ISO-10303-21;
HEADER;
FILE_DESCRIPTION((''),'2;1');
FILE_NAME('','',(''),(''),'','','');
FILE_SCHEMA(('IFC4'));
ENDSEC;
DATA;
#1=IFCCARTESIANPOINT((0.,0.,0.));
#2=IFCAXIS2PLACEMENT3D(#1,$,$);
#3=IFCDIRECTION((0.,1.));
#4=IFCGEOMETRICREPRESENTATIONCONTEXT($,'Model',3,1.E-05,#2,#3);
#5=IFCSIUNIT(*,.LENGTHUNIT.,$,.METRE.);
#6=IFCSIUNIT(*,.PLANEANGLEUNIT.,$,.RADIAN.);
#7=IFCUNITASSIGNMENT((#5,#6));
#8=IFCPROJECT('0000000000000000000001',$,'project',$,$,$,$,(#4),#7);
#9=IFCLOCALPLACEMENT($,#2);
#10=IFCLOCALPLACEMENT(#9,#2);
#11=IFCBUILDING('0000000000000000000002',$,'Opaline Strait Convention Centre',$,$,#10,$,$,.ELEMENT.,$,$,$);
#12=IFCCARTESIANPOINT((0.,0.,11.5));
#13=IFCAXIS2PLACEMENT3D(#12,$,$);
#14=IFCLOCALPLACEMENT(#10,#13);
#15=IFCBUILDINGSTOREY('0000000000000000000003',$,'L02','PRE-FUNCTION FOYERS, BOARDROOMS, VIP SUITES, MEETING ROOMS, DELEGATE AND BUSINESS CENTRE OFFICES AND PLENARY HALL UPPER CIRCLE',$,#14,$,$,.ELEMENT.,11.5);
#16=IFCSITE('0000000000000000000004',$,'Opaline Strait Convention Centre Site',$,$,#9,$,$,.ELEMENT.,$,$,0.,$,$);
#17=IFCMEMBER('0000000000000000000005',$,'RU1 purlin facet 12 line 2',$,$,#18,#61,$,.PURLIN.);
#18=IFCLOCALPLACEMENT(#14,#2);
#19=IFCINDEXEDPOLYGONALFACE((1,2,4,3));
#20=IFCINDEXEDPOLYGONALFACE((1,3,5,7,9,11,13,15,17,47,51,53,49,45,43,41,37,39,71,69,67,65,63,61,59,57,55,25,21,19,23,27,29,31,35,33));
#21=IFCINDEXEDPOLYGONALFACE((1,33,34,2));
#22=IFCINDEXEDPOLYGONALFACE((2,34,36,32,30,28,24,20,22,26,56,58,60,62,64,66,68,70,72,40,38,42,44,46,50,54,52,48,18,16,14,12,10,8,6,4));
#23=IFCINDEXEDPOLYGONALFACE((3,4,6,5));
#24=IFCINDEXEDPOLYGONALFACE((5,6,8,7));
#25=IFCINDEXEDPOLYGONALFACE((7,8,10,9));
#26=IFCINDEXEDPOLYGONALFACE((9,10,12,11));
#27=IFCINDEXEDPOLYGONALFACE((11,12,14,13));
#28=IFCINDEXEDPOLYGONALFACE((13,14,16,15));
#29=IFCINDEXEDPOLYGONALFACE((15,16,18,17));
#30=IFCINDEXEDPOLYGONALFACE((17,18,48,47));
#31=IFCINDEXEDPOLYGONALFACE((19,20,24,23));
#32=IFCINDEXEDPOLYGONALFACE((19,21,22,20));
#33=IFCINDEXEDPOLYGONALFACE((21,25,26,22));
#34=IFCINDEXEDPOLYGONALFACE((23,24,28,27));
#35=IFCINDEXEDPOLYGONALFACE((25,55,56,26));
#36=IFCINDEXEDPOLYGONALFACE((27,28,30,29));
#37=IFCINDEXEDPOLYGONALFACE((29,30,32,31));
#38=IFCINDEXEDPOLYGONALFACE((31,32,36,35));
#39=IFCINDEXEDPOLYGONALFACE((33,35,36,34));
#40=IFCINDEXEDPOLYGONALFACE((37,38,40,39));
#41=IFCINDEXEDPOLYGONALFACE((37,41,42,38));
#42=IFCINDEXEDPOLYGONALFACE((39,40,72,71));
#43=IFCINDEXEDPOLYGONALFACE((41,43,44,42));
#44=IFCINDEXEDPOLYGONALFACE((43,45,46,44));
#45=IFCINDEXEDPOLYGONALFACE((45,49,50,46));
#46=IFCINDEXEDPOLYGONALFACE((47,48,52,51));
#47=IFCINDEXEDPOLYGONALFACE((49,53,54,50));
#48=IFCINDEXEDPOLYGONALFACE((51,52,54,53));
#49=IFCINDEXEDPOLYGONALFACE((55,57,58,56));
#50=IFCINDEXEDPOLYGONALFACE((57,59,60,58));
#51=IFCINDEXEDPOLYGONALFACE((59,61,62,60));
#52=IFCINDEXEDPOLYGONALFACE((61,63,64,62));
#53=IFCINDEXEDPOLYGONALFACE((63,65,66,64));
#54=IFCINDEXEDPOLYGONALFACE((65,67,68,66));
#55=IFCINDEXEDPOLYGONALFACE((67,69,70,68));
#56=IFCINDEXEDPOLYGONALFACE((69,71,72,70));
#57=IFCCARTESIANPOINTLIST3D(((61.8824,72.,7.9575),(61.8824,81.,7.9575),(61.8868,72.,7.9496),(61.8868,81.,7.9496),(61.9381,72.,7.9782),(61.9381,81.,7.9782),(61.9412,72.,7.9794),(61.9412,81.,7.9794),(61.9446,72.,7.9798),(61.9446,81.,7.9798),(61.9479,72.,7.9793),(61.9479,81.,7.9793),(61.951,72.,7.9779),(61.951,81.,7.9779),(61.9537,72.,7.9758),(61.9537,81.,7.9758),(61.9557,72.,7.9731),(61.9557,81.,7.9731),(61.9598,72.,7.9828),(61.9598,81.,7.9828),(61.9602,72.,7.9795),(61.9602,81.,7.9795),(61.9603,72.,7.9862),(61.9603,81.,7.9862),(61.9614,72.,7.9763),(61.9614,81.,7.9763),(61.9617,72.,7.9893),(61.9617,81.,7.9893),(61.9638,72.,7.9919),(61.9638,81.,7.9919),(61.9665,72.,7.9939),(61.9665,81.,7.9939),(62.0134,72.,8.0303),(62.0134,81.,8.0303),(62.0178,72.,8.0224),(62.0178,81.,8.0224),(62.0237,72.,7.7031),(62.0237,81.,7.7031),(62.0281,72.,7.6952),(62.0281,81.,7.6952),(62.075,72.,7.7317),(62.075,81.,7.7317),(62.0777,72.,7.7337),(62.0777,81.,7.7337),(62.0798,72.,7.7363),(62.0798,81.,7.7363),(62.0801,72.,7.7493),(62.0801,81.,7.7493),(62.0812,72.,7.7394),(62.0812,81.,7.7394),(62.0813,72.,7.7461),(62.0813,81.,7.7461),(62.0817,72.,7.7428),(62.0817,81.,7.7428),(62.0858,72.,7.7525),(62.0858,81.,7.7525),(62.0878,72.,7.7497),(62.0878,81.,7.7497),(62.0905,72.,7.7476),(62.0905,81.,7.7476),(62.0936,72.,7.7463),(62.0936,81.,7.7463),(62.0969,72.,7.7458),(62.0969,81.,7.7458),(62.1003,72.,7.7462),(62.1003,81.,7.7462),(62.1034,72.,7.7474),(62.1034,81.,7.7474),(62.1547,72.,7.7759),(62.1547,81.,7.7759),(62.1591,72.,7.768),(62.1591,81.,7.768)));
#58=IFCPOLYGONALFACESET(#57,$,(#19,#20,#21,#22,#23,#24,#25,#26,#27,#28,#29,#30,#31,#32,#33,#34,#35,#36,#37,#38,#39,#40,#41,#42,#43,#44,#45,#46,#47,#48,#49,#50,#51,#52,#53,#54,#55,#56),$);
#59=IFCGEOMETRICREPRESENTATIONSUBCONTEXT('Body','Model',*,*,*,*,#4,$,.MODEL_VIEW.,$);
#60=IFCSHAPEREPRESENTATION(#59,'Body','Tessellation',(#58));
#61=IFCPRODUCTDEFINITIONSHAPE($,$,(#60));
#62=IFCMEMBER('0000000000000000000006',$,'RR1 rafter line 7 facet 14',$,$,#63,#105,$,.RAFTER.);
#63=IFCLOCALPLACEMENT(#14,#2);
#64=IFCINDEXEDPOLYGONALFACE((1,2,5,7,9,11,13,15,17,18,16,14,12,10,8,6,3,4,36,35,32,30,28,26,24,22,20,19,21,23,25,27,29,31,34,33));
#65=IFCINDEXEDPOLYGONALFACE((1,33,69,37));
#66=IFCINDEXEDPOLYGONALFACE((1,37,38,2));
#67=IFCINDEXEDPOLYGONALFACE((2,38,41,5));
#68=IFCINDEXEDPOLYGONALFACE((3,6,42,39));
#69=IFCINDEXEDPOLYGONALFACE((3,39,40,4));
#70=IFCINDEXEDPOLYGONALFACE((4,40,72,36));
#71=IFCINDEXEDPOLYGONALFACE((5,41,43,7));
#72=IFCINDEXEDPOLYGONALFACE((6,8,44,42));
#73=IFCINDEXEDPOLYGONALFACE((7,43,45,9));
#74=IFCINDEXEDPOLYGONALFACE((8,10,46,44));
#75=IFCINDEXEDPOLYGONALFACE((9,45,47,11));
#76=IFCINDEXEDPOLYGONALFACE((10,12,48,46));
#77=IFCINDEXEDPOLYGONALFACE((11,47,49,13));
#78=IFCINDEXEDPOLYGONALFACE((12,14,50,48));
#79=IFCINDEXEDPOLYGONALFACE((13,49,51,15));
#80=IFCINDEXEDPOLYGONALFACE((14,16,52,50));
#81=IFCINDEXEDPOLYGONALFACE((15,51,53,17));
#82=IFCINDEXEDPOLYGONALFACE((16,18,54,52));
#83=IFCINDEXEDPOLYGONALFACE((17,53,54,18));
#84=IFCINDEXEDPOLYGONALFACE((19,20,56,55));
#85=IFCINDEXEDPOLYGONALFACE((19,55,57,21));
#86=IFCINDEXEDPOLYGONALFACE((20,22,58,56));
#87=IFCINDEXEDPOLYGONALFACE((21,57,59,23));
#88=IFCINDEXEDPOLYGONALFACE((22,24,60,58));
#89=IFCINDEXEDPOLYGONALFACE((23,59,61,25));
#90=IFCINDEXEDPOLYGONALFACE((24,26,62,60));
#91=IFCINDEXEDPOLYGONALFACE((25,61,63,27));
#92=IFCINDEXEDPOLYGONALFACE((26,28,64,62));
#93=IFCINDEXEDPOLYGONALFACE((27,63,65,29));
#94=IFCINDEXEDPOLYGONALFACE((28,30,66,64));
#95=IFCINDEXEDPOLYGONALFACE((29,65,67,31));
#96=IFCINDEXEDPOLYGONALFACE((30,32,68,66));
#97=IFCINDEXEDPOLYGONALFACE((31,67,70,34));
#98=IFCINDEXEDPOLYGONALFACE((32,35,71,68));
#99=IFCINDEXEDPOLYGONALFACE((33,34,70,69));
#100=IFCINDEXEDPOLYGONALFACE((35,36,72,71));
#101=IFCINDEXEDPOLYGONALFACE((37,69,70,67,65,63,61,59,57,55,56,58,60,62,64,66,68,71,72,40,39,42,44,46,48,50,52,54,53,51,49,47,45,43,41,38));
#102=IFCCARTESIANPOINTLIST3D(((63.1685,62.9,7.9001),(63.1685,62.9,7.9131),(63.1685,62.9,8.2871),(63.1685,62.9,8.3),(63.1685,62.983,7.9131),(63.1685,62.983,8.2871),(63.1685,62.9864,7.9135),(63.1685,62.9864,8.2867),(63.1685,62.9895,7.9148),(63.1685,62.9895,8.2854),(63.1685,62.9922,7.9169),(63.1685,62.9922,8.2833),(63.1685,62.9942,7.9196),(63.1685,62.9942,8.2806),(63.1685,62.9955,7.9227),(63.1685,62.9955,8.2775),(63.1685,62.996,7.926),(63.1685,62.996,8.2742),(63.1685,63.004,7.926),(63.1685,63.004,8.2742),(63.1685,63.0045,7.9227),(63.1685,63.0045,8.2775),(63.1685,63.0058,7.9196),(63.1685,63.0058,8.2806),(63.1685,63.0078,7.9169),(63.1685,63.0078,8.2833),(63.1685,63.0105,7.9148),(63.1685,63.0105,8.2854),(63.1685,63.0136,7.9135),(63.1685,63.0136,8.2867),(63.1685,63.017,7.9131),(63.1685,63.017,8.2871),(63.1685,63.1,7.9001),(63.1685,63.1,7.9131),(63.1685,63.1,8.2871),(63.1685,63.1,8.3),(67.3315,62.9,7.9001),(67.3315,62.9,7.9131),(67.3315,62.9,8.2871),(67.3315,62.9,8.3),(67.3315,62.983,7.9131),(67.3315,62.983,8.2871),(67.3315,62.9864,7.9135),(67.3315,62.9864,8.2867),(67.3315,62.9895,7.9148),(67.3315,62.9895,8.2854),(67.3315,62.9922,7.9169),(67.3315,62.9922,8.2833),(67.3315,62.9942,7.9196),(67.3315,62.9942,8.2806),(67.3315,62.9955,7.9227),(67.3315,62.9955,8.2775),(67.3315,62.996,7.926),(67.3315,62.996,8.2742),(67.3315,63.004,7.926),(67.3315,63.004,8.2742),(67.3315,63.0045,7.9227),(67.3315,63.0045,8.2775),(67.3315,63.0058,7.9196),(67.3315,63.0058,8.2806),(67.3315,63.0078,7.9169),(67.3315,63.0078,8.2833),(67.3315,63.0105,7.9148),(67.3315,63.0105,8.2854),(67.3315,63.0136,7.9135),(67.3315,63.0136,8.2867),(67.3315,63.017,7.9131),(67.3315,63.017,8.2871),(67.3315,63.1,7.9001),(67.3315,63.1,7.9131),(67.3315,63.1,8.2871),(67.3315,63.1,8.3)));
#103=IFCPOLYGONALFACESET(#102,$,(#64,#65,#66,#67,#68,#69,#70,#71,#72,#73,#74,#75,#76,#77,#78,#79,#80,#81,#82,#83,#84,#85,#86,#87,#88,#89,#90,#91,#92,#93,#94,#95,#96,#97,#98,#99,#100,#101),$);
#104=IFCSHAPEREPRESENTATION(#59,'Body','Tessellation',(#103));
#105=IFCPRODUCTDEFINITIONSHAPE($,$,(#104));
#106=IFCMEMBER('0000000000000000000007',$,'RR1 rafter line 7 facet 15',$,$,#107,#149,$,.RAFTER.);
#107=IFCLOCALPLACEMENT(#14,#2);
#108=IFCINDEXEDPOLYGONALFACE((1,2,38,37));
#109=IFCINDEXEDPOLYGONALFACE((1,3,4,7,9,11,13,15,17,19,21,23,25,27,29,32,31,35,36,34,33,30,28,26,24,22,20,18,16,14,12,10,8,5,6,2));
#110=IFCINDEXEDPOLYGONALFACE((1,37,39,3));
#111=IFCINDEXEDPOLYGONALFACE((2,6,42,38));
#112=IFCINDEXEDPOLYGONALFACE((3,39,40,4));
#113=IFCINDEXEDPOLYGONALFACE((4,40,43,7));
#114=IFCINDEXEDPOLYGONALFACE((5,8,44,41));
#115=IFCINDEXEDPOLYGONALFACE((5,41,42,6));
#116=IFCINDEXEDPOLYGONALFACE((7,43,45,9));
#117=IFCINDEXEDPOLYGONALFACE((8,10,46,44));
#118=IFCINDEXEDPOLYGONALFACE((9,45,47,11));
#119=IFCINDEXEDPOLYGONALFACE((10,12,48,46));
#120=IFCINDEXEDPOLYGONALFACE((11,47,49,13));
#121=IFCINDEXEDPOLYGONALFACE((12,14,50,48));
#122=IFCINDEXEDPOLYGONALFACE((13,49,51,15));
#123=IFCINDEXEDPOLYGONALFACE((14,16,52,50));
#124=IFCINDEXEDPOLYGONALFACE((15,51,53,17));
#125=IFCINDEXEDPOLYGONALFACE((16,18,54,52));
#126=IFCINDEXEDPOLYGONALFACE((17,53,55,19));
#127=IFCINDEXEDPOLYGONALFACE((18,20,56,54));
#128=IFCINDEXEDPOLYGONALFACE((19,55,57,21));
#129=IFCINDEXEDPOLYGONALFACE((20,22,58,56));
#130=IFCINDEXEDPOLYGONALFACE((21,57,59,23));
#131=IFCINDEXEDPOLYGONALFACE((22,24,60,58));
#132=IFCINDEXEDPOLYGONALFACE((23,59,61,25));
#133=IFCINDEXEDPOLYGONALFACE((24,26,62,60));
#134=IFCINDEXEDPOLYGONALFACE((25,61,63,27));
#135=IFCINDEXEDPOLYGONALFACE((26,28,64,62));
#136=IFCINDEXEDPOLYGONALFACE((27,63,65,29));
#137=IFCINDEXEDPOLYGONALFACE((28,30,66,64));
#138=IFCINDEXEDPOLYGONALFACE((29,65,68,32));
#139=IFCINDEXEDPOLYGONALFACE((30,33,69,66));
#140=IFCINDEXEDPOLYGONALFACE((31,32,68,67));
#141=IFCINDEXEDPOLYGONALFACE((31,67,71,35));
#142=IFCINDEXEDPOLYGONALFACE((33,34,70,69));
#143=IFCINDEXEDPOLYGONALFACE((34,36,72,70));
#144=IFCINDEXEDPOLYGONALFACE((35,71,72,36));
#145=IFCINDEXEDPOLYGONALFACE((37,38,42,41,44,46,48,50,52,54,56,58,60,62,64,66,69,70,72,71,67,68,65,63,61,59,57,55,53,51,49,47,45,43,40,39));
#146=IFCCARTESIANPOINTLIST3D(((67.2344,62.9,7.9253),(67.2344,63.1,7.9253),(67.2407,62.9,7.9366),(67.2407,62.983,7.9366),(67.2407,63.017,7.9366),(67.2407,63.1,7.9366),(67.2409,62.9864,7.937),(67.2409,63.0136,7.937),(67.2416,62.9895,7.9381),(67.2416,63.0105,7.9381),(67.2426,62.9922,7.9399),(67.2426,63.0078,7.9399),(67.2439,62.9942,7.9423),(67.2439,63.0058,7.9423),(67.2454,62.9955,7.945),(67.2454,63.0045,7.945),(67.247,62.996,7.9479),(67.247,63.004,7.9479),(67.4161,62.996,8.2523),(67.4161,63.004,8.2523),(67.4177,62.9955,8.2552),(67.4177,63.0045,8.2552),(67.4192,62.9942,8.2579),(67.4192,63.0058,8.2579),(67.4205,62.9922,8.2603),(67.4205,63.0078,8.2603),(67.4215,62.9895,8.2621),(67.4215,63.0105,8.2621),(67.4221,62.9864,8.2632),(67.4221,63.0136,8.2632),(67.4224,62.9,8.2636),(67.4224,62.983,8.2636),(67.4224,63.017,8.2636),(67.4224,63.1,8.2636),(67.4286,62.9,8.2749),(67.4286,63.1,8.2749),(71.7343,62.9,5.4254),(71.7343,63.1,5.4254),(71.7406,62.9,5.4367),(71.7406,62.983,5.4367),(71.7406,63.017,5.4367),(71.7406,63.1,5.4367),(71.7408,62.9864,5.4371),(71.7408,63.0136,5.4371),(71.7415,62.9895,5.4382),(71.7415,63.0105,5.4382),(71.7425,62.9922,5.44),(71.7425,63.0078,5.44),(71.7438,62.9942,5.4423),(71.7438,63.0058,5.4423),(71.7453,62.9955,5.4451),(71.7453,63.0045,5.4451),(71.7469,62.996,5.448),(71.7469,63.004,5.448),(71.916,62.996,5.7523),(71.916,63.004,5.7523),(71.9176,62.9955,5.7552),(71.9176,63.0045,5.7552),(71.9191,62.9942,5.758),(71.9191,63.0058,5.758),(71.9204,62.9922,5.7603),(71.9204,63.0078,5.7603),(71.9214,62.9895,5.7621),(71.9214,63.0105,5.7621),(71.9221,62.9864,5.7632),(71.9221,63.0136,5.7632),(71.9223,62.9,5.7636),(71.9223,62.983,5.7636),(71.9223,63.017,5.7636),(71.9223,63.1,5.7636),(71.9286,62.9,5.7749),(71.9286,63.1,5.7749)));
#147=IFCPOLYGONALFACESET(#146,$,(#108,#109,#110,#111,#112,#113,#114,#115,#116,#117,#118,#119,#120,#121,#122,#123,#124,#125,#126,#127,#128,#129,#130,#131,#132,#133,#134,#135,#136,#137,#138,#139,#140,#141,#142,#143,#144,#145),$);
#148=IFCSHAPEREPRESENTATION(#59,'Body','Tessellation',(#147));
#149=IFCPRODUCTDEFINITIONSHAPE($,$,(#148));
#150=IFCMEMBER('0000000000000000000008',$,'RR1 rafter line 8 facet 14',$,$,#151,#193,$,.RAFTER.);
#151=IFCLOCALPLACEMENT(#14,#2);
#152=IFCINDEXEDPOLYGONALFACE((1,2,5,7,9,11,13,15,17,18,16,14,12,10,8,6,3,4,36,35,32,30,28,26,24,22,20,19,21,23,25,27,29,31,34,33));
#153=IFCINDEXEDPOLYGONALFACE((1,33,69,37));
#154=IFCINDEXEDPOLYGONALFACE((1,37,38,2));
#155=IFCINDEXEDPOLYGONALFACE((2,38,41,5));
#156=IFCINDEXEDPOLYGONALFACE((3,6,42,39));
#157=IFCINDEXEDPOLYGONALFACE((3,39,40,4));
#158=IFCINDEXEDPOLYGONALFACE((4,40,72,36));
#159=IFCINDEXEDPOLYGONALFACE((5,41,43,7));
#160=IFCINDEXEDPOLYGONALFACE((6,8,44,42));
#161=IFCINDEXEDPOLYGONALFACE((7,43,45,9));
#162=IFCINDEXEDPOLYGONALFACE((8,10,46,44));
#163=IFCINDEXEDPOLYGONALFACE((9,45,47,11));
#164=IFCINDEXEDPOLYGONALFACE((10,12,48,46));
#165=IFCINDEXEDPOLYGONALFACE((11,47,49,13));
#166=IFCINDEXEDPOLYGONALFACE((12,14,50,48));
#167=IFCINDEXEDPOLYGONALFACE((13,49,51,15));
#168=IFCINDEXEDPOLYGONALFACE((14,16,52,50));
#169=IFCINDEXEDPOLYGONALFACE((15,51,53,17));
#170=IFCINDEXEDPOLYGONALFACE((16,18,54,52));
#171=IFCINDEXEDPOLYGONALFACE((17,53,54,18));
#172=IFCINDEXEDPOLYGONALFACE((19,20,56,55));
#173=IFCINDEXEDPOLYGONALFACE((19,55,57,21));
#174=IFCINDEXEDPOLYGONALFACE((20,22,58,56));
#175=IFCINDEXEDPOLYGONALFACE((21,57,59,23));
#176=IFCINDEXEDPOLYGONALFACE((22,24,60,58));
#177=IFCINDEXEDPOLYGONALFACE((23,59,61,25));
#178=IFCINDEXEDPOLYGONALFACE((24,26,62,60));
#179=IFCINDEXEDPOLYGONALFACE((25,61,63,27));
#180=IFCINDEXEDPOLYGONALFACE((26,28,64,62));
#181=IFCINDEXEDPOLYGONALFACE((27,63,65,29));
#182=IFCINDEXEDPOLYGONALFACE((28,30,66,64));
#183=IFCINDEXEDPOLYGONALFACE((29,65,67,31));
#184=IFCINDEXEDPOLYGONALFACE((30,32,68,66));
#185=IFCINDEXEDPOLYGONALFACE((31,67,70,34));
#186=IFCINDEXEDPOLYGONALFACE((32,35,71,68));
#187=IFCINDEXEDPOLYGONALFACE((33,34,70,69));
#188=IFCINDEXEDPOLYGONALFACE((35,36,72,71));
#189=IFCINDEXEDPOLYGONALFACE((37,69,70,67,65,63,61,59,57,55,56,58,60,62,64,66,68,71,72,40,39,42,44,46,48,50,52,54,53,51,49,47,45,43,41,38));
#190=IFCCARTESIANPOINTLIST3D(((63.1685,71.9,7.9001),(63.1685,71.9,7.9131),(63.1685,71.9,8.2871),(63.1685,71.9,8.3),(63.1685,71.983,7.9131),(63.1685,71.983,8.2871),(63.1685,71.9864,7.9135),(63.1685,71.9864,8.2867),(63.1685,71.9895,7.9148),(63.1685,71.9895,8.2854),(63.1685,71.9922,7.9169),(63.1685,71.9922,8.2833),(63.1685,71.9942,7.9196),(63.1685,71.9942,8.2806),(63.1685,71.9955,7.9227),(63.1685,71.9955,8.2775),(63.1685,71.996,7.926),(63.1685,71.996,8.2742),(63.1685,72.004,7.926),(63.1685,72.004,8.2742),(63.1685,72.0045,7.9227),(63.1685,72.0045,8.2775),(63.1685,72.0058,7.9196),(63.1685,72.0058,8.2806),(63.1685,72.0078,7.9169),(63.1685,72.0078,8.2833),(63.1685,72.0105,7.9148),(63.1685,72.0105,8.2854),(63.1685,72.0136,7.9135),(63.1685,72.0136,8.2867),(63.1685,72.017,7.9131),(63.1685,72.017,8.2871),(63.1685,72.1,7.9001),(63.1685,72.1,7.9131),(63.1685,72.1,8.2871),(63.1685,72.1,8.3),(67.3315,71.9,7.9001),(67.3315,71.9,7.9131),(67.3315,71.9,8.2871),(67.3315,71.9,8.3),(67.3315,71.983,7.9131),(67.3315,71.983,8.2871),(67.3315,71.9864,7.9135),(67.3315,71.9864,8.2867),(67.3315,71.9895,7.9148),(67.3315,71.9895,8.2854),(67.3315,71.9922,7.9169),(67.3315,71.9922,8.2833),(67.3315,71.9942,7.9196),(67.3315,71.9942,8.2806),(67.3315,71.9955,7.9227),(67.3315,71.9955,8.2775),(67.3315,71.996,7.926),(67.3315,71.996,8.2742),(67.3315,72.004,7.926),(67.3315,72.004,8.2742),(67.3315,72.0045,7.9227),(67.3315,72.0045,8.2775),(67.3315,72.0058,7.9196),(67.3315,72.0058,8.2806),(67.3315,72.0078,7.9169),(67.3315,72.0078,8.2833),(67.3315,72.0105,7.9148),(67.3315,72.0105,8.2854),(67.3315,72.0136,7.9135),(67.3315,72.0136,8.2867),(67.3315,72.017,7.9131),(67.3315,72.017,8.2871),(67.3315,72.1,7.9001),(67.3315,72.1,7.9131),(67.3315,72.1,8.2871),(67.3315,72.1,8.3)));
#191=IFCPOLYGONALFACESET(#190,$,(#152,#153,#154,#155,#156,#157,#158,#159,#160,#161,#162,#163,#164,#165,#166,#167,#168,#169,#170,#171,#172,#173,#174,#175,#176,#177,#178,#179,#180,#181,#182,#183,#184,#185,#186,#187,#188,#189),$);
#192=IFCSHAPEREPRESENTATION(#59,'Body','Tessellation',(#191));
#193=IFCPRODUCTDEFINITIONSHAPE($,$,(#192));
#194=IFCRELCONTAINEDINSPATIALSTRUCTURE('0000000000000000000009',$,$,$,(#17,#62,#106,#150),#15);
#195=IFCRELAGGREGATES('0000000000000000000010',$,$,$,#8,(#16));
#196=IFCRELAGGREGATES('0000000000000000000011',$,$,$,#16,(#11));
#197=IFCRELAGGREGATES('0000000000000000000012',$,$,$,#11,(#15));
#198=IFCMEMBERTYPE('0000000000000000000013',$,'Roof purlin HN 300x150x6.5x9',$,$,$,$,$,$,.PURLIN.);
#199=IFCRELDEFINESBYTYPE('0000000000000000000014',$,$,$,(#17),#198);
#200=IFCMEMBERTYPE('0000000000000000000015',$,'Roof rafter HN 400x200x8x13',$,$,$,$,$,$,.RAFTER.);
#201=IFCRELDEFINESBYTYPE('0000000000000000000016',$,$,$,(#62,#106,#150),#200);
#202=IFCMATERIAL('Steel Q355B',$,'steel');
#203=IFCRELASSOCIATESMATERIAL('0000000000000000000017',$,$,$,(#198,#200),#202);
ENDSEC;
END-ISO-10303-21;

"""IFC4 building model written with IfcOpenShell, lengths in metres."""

from ifc_helpers import new_model, si_unit, direction, frame, origin, origin_2d, place, context, subcontext, project, spatial, i_section, extrude, material, material_profile, profile_set, type_object, element, save


model = new_model("IFC4")

# Units and contexts
model_context = context("Model", 3, precision=1e-05, world=origin(), true_north=direction((0.0, 1.0)))
body_context = subcontext(model_context, "Body", "Model", "MODEL_VIEW")
ifc_project = project(units=[si_unit("LENGTHUNIT", "METRE"), si_unit("PLANEANGLEUNIT", "RADIAN")], contexts=[model_context])

# Site, building, storey
site_placement = place(None, origin())
site = spatial("IfcSite", under=ifc_project, at=site_placement, Name="Opaline Strait Convention Centre Site", CompositionType="ELEMENT", RefElevation=0.0)
building_placement = place(site_placement, origin())
building = spatial("IfcBuilding", under=site, at=building_placement, Name="Opaline Strait Convention Centre", CompositionType="ELEMENT")
storey_placement = place(building_placement, frame((0.0, 0.0, 11.5)))
storey = spatial("IfcBuildingStorey", under=building, at=storey_placement, Name="L02", Description="PRE-FUNCTION FOYERS, BOARDROOMS, VIP SUITES, MEETING ROOMS, DELEGATE AND BUSINESS CENTRE OFFICES AND PLENARY HALL UPPER CIRCLE", CompositionType="ELEMENT", Elevation=11.5)

# Shared definitions
ifc_material_1 = material(Name="Steel Q355B", Category="steel")

# Members
ifc_material_profile_1 = material_profile(ifc_material_1, i_section(OverallWidth=0.1499, OverallDepth=0.3, WebThickness=0.0066, FlangeThickness=0.009, FilletRadius=0.0129, at=origin_2d()), Name="HN 300x150x6.5x9")
ifc_profile_set_1 = profile_set([ifc_material_profile_1], Name="Steel Q355B")
member_type_1 = type_object("IfcMemberType", Name="Roof purlin HN 300x150x6.5x9", PredefinedType="PURLIN", material=ifc_profile_set_1)
member_1_placement = place(storey_placement, frame((62.0208, 72.0, 7.8628), z_axis=(0.0, 1.0, 0.0), x_axis=(-0.874157, 0.0, -0.485643)))
element("IfcMember", 1, at=member_1_placement, inside=storey, type_object=member_type_1, Name="RU1 purlin facet 12 line 2", PredefinedType="PURLIN", context=body_context, shape_type="SweptSolid", body=[
    extrude(i_section(OverallWidth=0.1499, OverallDepth=0.3, WebThickness=0.0066, FlangeThickness=0.009, FilletRadius=0.0129, at=origin_2d()), origin(), (0.0, 0.0, 1.0), 9.0),
])
ifc_material_profile_2 = material_profile(ifc_material_1, i_section(OverallWidth=0.2, OverallDepth=0.3999, WebThickness=0.0081, FlangeThickness=0.0129, FilletRadius=0.0129, at=origin_2d()), Name="HN 400x200x8x13")
ifc_profile_set_2 = profile_set([ifc_material_profile_2], Name="Steel Q355B")
member_type_2 = type_object("IfcMemberType", Name="Roof rafter HN 400x200x8x13", PredefinedType="RAFTER", material=ifc_profile_set_2)
member_2_placement = place(storey_placement, frame((63.1685, 63.0, 8.1001), z_axis=(1.0, 0.0, 0.0), x_axis=(0.0, 1.0, 0.0)))
element("IfcMember", 2, at=member_2_placement, inside=storey, type_object=member_type_2, Name="RR1 rafter line 7 facet 14", PredefinedType="RAFTER", context=body_context, shape_type="SweptSolid", body=[
    extrude(i_section(OverallWidth=0.2, OverallDepth=0.3999, WebThickness=0.0081, FlangeThickness=0.0129, FilletRadius=0.0129, at=origin_2d()), origin(), (0.0, 0.0, 1.0), 4.1631),
])
member_3_placement = place(storey_placement, frame((67.3315, 63.0, 8.1001), z_axis=(0.874157, 0.0, -0.485643), x_axis=(0.0, 1.0, 0.0)))
element("IfcMember", 3, at=member_3_placement, inside=storey, type_object=member_type_2, Name="RR1 rafter line 7 facet 15", PredefinedType="RAFTER", context=body_context, shape_type="SweptSolid", body=[
    extrude(i_section(OverallWidth=0.2, OverallDepth=0.3999, WebThickness=0.0081, FlangeThickness=0.0129, FilletRadius=0.0129, at=origin_2d()), origin(), (0.0, 0.0, 1.0), 5.1477),
])
member_4_placement = place(storey_placement, frame((63.1685, 72.0, 8.1001), z_axis=(1.0, 0.0, 0.0), x_axis=(0.0, 1.0, 0.0)))
element("IfcMember", 4, at=member_4_placement, inside=storey, type_object=member_type_2, Name="RR1 rafter line 8 facet 14", PredefinedType="RAFTER", context=body_context, shape_type="SweptSolid", body=[
    extrude(i_section(OverallWidth=0.2, OverallDepth=0.3999, WebThickness=0.0081, FlangeThickness=0.0129, FilletRadius=0.0129, at=origin_2d()), origin(), (0.0, 0.0, 1.0), 4.1631),
])

save(model, "model.ifc")
